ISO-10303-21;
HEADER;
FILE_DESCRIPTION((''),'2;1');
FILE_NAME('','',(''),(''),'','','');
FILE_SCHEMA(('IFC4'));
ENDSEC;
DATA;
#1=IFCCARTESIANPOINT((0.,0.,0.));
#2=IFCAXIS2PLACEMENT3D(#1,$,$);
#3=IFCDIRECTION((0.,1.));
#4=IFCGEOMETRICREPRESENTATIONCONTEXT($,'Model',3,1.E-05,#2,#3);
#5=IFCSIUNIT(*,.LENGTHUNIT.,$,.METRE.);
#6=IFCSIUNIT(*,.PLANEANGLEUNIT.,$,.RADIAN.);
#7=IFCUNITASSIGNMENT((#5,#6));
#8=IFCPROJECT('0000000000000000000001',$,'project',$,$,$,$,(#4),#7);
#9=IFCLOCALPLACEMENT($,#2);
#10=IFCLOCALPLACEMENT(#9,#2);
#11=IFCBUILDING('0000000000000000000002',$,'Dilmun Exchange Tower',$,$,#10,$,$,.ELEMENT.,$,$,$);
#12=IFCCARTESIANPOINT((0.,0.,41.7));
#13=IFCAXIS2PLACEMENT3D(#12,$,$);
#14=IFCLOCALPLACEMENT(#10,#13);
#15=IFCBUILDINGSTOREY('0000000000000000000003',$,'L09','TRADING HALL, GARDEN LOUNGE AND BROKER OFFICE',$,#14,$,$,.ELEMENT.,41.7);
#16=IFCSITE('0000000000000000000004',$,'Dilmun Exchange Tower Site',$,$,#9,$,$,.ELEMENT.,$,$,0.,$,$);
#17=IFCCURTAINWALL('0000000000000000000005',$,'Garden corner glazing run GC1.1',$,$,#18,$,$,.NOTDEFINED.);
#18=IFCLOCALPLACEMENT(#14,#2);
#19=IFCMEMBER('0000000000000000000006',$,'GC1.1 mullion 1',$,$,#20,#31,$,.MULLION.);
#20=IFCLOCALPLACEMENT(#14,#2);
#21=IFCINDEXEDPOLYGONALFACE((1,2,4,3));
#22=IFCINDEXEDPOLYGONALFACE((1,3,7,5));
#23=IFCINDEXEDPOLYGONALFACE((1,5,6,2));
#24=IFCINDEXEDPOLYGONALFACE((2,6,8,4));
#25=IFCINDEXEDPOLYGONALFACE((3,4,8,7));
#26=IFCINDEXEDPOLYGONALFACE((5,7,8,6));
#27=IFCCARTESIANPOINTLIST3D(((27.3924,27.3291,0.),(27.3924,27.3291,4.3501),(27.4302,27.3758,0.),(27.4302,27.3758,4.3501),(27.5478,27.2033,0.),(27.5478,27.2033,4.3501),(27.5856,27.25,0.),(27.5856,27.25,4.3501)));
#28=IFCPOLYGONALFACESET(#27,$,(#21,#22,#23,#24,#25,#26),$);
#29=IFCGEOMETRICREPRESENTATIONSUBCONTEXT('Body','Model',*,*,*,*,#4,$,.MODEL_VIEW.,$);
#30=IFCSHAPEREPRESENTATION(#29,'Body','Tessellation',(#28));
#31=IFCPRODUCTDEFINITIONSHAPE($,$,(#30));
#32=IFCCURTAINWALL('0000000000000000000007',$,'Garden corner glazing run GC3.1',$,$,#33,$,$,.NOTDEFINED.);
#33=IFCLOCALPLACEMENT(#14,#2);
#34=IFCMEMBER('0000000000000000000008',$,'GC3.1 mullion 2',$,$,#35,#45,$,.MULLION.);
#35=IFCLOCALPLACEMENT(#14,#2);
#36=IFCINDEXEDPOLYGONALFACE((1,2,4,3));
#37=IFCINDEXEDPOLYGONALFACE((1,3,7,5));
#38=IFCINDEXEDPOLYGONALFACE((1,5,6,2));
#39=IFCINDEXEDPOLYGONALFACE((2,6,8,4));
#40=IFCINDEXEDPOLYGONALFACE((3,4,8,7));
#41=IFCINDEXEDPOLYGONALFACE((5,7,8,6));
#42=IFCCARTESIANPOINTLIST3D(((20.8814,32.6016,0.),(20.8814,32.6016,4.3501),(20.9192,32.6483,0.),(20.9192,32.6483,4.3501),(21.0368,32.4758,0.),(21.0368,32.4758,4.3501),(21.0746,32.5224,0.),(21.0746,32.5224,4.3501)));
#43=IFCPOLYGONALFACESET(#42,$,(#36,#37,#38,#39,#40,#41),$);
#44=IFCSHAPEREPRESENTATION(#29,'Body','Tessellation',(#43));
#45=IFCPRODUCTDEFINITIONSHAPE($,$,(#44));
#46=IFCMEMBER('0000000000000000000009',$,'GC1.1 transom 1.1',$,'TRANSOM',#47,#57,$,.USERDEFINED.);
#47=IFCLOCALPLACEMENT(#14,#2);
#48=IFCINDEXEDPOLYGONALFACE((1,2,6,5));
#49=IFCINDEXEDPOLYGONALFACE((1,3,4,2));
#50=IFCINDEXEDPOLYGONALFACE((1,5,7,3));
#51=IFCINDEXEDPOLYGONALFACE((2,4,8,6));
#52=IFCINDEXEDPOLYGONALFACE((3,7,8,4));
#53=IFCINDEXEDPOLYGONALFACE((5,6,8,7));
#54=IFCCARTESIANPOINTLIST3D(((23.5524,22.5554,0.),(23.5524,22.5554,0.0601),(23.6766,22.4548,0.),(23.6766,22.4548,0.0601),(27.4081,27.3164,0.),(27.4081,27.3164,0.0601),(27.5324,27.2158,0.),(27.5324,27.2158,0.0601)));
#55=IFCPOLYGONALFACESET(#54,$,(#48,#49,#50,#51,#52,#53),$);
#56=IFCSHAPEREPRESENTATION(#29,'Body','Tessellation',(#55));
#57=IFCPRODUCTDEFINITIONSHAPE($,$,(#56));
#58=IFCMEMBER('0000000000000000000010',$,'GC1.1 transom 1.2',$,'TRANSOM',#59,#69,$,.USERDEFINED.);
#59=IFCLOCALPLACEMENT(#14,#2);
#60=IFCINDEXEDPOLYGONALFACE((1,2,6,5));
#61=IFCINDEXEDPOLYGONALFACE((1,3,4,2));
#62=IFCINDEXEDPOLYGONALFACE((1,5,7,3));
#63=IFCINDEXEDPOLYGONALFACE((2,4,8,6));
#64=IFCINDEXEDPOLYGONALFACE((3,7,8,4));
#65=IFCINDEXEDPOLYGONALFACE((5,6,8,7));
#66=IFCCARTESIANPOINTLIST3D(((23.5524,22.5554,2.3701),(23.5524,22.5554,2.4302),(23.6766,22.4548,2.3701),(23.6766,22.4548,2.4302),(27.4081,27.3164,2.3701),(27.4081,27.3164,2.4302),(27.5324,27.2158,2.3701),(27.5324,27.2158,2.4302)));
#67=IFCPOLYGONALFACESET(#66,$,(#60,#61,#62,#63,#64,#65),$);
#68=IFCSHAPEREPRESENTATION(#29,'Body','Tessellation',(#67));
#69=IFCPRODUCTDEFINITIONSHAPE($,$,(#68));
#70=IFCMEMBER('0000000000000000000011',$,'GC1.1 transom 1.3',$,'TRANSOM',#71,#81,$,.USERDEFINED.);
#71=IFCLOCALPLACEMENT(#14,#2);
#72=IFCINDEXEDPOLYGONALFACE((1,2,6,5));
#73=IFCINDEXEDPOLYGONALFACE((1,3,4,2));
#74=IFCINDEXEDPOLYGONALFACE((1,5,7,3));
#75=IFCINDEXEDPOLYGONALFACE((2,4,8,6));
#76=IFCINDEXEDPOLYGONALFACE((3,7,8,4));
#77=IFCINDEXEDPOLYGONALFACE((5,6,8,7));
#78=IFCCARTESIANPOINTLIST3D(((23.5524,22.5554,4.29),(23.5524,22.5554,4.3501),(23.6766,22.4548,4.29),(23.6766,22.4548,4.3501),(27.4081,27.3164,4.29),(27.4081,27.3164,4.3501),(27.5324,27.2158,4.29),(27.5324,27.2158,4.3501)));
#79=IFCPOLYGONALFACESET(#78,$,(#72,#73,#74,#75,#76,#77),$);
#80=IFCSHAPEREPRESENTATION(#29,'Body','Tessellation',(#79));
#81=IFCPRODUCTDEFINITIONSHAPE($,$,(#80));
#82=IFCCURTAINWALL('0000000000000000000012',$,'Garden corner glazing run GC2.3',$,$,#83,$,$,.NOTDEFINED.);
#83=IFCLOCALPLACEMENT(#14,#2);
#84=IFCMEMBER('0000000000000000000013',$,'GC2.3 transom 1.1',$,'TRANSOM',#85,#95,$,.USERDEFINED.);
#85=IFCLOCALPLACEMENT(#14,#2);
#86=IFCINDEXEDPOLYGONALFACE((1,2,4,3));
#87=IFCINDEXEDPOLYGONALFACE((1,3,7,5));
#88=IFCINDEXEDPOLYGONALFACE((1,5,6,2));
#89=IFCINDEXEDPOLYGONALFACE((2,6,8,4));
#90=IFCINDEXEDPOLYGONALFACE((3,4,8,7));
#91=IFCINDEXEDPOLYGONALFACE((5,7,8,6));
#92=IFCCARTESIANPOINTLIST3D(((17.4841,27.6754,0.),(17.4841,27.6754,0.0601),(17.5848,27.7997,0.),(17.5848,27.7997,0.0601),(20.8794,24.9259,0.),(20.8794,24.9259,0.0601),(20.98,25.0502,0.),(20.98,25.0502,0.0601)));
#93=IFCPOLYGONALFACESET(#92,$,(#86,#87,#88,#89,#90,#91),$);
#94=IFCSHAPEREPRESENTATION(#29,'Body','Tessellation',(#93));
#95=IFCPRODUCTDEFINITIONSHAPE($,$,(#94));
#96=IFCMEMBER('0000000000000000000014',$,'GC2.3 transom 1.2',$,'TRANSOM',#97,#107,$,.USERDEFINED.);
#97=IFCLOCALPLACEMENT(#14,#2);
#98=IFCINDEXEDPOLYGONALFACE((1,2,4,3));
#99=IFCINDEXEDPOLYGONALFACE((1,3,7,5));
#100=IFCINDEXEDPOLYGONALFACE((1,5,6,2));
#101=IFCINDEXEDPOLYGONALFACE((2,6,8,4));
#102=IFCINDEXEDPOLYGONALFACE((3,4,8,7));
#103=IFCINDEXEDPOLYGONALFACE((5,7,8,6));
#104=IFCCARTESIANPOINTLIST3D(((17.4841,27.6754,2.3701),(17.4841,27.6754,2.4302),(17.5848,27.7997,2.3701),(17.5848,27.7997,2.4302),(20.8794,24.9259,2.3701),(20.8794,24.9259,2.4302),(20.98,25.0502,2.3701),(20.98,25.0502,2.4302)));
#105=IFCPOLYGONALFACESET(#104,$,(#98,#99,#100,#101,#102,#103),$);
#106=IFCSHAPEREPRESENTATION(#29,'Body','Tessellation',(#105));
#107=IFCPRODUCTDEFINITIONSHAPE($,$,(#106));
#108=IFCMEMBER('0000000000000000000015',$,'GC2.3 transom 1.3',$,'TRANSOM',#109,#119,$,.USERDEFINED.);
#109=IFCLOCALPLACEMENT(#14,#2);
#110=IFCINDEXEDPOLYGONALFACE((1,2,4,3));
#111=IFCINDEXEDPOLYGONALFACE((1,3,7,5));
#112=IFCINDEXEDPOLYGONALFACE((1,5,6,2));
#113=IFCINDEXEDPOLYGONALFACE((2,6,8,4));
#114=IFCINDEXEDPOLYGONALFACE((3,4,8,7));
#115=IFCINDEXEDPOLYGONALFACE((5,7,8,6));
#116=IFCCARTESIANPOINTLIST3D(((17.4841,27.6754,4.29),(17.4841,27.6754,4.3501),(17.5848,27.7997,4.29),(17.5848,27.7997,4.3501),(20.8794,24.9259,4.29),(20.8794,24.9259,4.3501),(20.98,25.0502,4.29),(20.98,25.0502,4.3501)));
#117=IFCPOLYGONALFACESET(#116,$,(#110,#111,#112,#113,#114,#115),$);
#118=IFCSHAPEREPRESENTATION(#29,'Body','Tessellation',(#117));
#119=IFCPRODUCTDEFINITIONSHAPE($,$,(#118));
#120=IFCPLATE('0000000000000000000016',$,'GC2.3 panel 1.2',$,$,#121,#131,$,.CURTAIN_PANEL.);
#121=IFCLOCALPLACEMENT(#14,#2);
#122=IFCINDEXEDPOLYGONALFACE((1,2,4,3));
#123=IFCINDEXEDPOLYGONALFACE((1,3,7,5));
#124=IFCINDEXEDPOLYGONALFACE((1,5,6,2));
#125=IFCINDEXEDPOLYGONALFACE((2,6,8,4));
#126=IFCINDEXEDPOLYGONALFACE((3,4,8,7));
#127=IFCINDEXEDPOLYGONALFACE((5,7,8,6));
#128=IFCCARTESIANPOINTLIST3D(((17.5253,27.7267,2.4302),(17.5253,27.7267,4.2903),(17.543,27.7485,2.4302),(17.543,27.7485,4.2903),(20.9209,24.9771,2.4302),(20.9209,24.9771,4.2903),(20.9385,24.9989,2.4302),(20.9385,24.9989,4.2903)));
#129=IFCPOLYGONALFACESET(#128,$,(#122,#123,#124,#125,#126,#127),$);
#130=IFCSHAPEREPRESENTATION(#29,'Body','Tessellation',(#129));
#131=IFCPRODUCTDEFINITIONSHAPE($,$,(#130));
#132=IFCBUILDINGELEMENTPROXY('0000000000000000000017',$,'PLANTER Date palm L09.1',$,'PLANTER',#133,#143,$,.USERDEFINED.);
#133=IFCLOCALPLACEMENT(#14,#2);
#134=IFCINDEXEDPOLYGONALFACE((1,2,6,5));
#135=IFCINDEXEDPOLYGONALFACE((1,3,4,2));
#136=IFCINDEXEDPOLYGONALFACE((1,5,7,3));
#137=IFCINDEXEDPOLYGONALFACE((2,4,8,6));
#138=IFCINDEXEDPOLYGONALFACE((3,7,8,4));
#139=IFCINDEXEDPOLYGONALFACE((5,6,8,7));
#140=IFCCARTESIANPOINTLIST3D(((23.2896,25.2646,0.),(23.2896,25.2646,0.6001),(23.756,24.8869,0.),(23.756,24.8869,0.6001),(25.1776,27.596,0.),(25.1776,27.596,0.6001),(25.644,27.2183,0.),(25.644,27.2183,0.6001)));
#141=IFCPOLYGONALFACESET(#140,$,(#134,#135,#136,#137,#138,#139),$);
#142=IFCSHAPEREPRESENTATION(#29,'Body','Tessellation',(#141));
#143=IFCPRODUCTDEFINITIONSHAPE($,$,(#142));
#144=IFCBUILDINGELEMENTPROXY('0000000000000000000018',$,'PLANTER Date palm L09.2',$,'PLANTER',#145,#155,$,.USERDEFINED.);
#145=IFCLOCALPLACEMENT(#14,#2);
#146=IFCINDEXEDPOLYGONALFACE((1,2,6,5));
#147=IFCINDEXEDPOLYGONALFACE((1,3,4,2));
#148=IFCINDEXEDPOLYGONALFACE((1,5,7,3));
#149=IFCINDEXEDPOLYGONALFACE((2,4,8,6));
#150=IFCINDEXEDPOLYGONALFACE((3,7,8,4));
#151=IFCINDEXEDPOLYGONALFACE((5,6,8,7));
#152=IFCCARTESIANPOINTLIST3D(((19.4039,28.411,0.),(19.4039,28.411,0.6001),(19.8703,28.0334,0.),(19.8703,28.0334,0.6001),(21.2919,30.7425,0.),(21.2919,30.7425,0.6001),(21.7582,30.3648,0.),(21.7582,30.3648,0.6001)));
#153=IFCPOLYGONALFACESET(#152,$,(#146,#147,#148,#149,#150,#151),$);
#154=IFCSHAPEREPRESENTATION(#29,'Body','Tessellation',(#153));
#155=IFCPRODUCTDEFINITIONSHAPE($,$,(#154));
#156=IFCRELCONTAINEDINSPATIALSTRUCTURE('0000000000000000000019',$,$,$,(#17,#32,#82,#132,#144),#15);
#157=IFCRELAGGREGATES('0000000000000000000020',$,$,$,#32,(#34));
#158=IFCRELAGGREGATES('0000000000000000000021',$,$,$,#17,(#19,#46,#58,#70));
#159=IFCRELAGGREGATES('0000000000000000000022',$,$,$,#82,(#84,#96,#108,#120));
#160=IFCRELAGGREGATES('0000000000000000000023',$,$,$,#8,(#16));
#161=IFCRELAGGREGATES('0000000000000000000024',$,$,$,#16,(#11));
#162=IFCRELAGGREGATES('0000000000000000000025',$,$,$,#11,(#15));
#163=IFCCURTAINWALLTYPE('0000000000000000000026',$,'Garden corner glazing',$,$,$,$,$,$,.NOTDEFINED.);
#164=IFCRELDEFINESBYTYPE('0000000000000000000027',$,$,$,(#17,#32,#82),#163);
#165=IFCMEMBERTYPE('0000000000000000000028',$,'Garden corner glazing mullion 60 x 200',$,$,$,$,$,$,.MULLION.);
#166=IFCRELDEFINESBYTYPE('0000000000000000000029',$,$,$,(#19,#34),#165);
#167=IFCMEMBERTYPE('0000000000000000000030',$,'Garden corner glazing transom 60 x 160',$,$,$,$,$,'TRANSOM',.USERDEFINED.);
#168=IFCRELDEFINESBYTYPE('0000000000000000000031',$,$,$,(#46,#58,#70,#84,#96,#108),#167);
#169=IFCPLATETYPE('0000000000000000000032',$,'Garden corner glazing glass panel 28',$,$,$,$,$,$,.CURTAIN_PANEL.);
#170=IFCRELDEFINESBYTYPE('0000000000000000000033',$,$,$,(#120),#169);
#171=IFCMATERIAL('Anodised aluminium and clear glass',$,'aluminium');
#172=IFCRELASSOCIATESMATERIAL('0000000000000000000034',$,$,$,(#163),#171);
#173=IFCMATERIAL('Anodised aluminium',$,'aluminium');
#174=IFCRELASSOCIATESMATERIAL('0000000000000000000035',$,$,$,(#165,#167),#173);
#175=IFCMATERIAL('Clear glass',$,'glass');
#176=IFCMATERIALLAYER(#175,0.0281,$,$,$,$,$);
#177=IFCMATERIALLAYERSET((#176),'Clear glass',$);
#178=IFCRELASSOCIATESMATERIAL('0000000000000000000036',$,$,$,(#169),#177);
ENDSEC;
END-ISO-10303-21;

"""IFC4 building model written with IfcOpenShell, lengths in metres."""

from ifc_helpers import new_model, si_unit, direction, frame, origin, origin_2d, place, context, subcontext, project, spatial, rectangle, extrude, material, layer, layer_set, material_profile, profile_set, type_object, element, aggregate, save


model = new_model("IFC4")

# Units and contexts
model_context = context("Model", 3, precision=1e-05, world=origin(), true_north=direction((0.0, 1.0)))
body_context = subcontext(model_context, "Body", "Model", "MODEL_VIEW")
ifc_project = project(units=[si_unit("LENGTHUNIT", "METRE"), si_unit("PLANEANGLEUNIT", "RADIAN")], contexts=[model_context])

# Site, building, storey
site_placement = place(None, origin())
site = spatial("IfcSite", under=ifc_project, at=site_placement, Name="Dilmun Exchange Tower Site", CompositionType="ELEMENT", RefElevation=0.0)
building_placement = place(site_placement, origin())
building = spatial("IfcBuilding", under=site, at=building_placement, Name="Dilmun Exchange Tower", CompositionType="ELEMENT")
storey_placement = place(building_placement, frame((0.0, 0.0, 41.7)))
storey = spatial("IfcBuildingStorey", under=building, at=storey_placement, Name="L09", Description="TRADING HALL, GARDEN LOUNGE AND BROKER OFFICE", CompositionType="ELEMENT", Elevation=41.7)

# Curtain walls, members
ifc_material_1 = material(Name="Anodised aluminium and clear glass", Category="aluminium")
curtain_wall_type = type_object("IfcCurtainWallType", Name="Garden corner glazing", PredefinedType="NOTDEFINED", material=ifc_material_1)
curtain_wall_1_placement = place(storey_placement, origin())
curtain_wall_1 = element("IfcCurtainWall", 1, at=curtain_wall_1_placement, inside=storey, type_object=curtain_wall_type, Name="Garden corner glazing run GC1.1", PredefinedType="NOTDEFINED")
ifc_material_2 = material(Name="Anodised aluminium", Category="aluminium")
ifc_material_profile_1 = material_profile(ifc_material_2, rectangle(XDim=0.2, YDim=0.0601, at=origin_2d()), Name="AL 60x200")
ifc_profile_set_1 = profile_set([ifc_material_profile_1], Name="Anodised aluminium")
member_type_1 = type_object("IfcMemberType", Name="Garden corner glazing mullion 60 x 200", PredefinedType="MULLION", material=ifc_profile_set_1)
member_1_placement = place(storey_placement, frame((27.489, 27.2896, 0.0), z_axis=(0.0, 0.0, 1.0), x_axis=(0.777139, -0.629329, 0.0)))
member_1 = element("IfcMember", 2, at=member_1_placement, type_object=member_type_1, Name="GC1.1 mullion 1", PredefinedType="MULLION", context=body_context, shape_type="SweptSolid", body=[
    extrude(rectangle(XDim=0.2, YDim=0.0601, at=origin_2d()), origin(), (0.0, 0.0, 1.0), 4.3501),
])
curtain_wall_2_placement = place(storey_placement, origin())
curtain_wall_2 = element("IfcCurtainWall", 3, at=curtain_wall_2_placement, inside=storey, type_object=curtain_wall_type, Name="Garden corner glazing run GC3.1", PredefinedType="NOTDEFINED")
member_2_placement = place(storey_placement, frame((20.978, 32.562, 0.0), z_axis=(0.0, 0.0, 1.0), x_axis=(-0.777147, 0.629319, 0.0)))
member_2 = element("IfcMember", 4, at=member_2_placement, type_object=member_type_1, Name="GC3.1 mullion 2", PredefinedType="MULLION", context=body_context, shape_type="SweptSolid", body=[
    extrude(rectangle(XDim=0.2, YDim=0.0601, at=origin_2d()), origin(), (0.0, 0.0, 1.0), 4.3501),
])
aggregate(curtain_wall_2, [member_2])

# Members
ifc_material_profile_2 = material_profile(ifc_material_2, rectangle(XDim=0.1599, YDim=0.0601, at=origin_2d()), Name="AL 60x160")
ifc_profile_set_2 = profile_set([ifc_material_profile_2], Name="Anodised aluminium")
member_type_2 = type_object("IfcMemberType", Name="Garden corner glazing transom 60 x 160", ElementType="TRANSOM", PredefinedType="USERDEFINED", material=ifc_profile_set_2)
member_3_placement = place(storey_placement, frame((27.4702, 27.2661, 0.03), z_axis=(-0.629354, -0.777119, 0.0), x_axis=(0.777119, -0.629354, 0.0)))
member_3 = element("IfcMember", 5, at=member_3_placement, type_object=member_type_2, Name="GC1.1 transom 1.1", ObjectType="TRANSOM", PredefinedType="USERDEFINED", context=body_context, shape_type="SweptSolid", body=[
    extrude(rectangle(XDim=0.1599, YDim=0.0601, at=origin_2d()), origin(), (0.0, 0.0, 1.0), 6.1265),
])
member_4_placement = place(storey_placement, frame((27.4702, 27.2661, 2.4001), z_axis=(-0.629354, -0.777119, 0.0), x_axis=(0.777119, -0.629354, 0.0)))
member_4 = element("IfcMember", 6, at=member_4_placement, type_object=member_type_2, Name="GC1.1 transom 1.2", ObjectType="TRANSOM", PredefinedType="USERDEFINED", context=body_context, shape_type="SweptSolid", body=[
    extrude(rectangle(XDim=0.1599, YDim=0.0601, at=origin_2d()), origin(), (0.0, 0.0, 1.0), 6.1265),
])
member_5_placement = place(storey_placement, frame((27.4702, 27.2661, 4.3201), z_axis=(-0.629354, -0.777119, 0.0), x_axis=(0.777119, -0.629354, 0.0)))
member_5 = element("IfcMember", 7, at=member_5_placement, type_object=member_type_2, Name="GC1.1 transom 1.3", ObjectType="TRANSOM", PredefinedType="USERDEFINED", context=body_context, shape_type="SweptSolid", body=[
    extrude(rectangle(XDim=0.1599, YDim=0.0601, at=origin_2d()), origin(), (0.0, 0.0, 1.0), 6.1265),
])
aggregate(curtain_wall_1, [member_1, member_3, member_4, member_5])

# Curtain wall, members, plate
curtain_wall_3_placement = place(storey_placement, origin())
curtain_wall_3 = element("IfcCurtainWall", 8, at=curtain_wall_3_placement, inside=storey, type_object=curtain_wall_type, Name="Garden corner glazing run GC2.3", PredefinedType="NOTDEFINED")
member_6_placement = place(storey_placement, frame((20.9297, 24.988, 0.03), z_axis=(-0.777137, 0.629332, 0.0), x_axis=(-0.629332, -0.777137, 0.0)))
member_6 = element("IfcMember", 9, at=member_6_placement, type_object=member_type_2, Name="GC2.3 transom 1.1", ObjectType="TRANSOM", PredefinedType="USERDEFINED", context=body_context, shape_type="SweptSolid", body=[
    extrude(rectangle(XDim=0.1599, YDim=0.0601, at=origin_2d()), origin(), (0.0, 0.0, 1.0), 4.3689),
])
member_7_placement = place(storey_placement, frame((20.9297, 24.988, 2.4001), z_axis=(-0.777137, 0.629332, 0.0), x_axis=(-0.629332, -0.777137, 0.0)))
member_7 = element("IfcMember", 10, at=member_7_placement, type_object=member_type_2, Name="GC2.3 transom 1.2", ObjectType="TRANSOM", PredefinedType="USERDEFINED", context=body_context, shape_type="SweptSolid", body=[
    extrude(rectangle(XDim=0.1599, YDim=0.0601, at=origin_2d()), origin(), (0.0, 0.0, 1.0), 4.3689),
])
member_8_placement = place(storey_placement, frame((20.9297, 24.988, 4.3201), z_axis=(-0.777137, 0.629332, 0.0), x_axis=(-0.629332, -0.777137, 0.0)))
member_8 = element("IfcMember", 11, at=member_8_placement, type_object=member_type_2, Name="GC2.3 transom 1.3", ObjectType="TRANSOM", PredefinedType="USERDEFINED", context=body_context, shape_type="SweptSolid", body=[
    extrude(rectangle(XDim=0.1599, YDim=0.0601, at=origin_2d()), origin(), (0.0, 0.0, 1.0), 4.3689),
])
ifc_material_3 = material(Name="Clear glass", Category="glass")
ifc_layer_1 = layer(ifc_material_3, 0.0281)
ifc_layer_set_1 = layer_set([ifc_layer_1], Name="Clear glass")
plate_type = type_object("IfcPlateType", Name="Garden corner glazing glass panel 28", PredefinedType="CURTAIN_PANEL", material=ifc_layer_set_1)
plate_placement = place(storey_placement, frame((19.2319, 26.3628, 2.4302), z_axis=(0.0, 0.0, 1.0), x_axis=(-0.777156, 0.629308, 0.0)))
plate = element("IfcPlate", 12, at=plate_placement, type_object=plate_type, Name="GC2.3 panel 1.2", PredefinedType="CURTAIN_PANEL", context=body_context, shape_type="SweptSolid", body=[
    extrude(rectangle(XDim=4.3691, YDim=0.0281, at=origin_2d()), origin(), (0.0, 0.0, 1.0), 1.8601),
])
aggregate(curtain_wall_3, [member_6, member_7, member_8, plate])

# Building element proxies
for number, where, z_axis, x_axis, name in (
    (13, (24.4668, 26.2415, 0.0), (0.0, 0.0, 1.0), (0.62932, 0.777146, 0.0), "PLANTER Date palm L09.1"),
    (14, (20.5811, 29.3879, 0.0), (0.0, 0.0, 1.0), (0.62932, 0.777146, 0.0), "PLANTER Date palm L09.2"),
):
    element("IfcBuildingElementProxy", number, at=place(storey_placement, frame(where, z_axis=z_axis, x_axis=x_axis)), inside=storey, Name=name, ObjectType="PLANTER", PredefinedType="USERDEFINED", context=body_context, shape_type="SweptSolid", body=[
        extrude(rectangle(XDim=3.0, YDim=0.6001, at=origin_2d()), origin(), (0.0, 0.0, 1.0), 0.6001),
    ])

save(model, "model.ifc")
